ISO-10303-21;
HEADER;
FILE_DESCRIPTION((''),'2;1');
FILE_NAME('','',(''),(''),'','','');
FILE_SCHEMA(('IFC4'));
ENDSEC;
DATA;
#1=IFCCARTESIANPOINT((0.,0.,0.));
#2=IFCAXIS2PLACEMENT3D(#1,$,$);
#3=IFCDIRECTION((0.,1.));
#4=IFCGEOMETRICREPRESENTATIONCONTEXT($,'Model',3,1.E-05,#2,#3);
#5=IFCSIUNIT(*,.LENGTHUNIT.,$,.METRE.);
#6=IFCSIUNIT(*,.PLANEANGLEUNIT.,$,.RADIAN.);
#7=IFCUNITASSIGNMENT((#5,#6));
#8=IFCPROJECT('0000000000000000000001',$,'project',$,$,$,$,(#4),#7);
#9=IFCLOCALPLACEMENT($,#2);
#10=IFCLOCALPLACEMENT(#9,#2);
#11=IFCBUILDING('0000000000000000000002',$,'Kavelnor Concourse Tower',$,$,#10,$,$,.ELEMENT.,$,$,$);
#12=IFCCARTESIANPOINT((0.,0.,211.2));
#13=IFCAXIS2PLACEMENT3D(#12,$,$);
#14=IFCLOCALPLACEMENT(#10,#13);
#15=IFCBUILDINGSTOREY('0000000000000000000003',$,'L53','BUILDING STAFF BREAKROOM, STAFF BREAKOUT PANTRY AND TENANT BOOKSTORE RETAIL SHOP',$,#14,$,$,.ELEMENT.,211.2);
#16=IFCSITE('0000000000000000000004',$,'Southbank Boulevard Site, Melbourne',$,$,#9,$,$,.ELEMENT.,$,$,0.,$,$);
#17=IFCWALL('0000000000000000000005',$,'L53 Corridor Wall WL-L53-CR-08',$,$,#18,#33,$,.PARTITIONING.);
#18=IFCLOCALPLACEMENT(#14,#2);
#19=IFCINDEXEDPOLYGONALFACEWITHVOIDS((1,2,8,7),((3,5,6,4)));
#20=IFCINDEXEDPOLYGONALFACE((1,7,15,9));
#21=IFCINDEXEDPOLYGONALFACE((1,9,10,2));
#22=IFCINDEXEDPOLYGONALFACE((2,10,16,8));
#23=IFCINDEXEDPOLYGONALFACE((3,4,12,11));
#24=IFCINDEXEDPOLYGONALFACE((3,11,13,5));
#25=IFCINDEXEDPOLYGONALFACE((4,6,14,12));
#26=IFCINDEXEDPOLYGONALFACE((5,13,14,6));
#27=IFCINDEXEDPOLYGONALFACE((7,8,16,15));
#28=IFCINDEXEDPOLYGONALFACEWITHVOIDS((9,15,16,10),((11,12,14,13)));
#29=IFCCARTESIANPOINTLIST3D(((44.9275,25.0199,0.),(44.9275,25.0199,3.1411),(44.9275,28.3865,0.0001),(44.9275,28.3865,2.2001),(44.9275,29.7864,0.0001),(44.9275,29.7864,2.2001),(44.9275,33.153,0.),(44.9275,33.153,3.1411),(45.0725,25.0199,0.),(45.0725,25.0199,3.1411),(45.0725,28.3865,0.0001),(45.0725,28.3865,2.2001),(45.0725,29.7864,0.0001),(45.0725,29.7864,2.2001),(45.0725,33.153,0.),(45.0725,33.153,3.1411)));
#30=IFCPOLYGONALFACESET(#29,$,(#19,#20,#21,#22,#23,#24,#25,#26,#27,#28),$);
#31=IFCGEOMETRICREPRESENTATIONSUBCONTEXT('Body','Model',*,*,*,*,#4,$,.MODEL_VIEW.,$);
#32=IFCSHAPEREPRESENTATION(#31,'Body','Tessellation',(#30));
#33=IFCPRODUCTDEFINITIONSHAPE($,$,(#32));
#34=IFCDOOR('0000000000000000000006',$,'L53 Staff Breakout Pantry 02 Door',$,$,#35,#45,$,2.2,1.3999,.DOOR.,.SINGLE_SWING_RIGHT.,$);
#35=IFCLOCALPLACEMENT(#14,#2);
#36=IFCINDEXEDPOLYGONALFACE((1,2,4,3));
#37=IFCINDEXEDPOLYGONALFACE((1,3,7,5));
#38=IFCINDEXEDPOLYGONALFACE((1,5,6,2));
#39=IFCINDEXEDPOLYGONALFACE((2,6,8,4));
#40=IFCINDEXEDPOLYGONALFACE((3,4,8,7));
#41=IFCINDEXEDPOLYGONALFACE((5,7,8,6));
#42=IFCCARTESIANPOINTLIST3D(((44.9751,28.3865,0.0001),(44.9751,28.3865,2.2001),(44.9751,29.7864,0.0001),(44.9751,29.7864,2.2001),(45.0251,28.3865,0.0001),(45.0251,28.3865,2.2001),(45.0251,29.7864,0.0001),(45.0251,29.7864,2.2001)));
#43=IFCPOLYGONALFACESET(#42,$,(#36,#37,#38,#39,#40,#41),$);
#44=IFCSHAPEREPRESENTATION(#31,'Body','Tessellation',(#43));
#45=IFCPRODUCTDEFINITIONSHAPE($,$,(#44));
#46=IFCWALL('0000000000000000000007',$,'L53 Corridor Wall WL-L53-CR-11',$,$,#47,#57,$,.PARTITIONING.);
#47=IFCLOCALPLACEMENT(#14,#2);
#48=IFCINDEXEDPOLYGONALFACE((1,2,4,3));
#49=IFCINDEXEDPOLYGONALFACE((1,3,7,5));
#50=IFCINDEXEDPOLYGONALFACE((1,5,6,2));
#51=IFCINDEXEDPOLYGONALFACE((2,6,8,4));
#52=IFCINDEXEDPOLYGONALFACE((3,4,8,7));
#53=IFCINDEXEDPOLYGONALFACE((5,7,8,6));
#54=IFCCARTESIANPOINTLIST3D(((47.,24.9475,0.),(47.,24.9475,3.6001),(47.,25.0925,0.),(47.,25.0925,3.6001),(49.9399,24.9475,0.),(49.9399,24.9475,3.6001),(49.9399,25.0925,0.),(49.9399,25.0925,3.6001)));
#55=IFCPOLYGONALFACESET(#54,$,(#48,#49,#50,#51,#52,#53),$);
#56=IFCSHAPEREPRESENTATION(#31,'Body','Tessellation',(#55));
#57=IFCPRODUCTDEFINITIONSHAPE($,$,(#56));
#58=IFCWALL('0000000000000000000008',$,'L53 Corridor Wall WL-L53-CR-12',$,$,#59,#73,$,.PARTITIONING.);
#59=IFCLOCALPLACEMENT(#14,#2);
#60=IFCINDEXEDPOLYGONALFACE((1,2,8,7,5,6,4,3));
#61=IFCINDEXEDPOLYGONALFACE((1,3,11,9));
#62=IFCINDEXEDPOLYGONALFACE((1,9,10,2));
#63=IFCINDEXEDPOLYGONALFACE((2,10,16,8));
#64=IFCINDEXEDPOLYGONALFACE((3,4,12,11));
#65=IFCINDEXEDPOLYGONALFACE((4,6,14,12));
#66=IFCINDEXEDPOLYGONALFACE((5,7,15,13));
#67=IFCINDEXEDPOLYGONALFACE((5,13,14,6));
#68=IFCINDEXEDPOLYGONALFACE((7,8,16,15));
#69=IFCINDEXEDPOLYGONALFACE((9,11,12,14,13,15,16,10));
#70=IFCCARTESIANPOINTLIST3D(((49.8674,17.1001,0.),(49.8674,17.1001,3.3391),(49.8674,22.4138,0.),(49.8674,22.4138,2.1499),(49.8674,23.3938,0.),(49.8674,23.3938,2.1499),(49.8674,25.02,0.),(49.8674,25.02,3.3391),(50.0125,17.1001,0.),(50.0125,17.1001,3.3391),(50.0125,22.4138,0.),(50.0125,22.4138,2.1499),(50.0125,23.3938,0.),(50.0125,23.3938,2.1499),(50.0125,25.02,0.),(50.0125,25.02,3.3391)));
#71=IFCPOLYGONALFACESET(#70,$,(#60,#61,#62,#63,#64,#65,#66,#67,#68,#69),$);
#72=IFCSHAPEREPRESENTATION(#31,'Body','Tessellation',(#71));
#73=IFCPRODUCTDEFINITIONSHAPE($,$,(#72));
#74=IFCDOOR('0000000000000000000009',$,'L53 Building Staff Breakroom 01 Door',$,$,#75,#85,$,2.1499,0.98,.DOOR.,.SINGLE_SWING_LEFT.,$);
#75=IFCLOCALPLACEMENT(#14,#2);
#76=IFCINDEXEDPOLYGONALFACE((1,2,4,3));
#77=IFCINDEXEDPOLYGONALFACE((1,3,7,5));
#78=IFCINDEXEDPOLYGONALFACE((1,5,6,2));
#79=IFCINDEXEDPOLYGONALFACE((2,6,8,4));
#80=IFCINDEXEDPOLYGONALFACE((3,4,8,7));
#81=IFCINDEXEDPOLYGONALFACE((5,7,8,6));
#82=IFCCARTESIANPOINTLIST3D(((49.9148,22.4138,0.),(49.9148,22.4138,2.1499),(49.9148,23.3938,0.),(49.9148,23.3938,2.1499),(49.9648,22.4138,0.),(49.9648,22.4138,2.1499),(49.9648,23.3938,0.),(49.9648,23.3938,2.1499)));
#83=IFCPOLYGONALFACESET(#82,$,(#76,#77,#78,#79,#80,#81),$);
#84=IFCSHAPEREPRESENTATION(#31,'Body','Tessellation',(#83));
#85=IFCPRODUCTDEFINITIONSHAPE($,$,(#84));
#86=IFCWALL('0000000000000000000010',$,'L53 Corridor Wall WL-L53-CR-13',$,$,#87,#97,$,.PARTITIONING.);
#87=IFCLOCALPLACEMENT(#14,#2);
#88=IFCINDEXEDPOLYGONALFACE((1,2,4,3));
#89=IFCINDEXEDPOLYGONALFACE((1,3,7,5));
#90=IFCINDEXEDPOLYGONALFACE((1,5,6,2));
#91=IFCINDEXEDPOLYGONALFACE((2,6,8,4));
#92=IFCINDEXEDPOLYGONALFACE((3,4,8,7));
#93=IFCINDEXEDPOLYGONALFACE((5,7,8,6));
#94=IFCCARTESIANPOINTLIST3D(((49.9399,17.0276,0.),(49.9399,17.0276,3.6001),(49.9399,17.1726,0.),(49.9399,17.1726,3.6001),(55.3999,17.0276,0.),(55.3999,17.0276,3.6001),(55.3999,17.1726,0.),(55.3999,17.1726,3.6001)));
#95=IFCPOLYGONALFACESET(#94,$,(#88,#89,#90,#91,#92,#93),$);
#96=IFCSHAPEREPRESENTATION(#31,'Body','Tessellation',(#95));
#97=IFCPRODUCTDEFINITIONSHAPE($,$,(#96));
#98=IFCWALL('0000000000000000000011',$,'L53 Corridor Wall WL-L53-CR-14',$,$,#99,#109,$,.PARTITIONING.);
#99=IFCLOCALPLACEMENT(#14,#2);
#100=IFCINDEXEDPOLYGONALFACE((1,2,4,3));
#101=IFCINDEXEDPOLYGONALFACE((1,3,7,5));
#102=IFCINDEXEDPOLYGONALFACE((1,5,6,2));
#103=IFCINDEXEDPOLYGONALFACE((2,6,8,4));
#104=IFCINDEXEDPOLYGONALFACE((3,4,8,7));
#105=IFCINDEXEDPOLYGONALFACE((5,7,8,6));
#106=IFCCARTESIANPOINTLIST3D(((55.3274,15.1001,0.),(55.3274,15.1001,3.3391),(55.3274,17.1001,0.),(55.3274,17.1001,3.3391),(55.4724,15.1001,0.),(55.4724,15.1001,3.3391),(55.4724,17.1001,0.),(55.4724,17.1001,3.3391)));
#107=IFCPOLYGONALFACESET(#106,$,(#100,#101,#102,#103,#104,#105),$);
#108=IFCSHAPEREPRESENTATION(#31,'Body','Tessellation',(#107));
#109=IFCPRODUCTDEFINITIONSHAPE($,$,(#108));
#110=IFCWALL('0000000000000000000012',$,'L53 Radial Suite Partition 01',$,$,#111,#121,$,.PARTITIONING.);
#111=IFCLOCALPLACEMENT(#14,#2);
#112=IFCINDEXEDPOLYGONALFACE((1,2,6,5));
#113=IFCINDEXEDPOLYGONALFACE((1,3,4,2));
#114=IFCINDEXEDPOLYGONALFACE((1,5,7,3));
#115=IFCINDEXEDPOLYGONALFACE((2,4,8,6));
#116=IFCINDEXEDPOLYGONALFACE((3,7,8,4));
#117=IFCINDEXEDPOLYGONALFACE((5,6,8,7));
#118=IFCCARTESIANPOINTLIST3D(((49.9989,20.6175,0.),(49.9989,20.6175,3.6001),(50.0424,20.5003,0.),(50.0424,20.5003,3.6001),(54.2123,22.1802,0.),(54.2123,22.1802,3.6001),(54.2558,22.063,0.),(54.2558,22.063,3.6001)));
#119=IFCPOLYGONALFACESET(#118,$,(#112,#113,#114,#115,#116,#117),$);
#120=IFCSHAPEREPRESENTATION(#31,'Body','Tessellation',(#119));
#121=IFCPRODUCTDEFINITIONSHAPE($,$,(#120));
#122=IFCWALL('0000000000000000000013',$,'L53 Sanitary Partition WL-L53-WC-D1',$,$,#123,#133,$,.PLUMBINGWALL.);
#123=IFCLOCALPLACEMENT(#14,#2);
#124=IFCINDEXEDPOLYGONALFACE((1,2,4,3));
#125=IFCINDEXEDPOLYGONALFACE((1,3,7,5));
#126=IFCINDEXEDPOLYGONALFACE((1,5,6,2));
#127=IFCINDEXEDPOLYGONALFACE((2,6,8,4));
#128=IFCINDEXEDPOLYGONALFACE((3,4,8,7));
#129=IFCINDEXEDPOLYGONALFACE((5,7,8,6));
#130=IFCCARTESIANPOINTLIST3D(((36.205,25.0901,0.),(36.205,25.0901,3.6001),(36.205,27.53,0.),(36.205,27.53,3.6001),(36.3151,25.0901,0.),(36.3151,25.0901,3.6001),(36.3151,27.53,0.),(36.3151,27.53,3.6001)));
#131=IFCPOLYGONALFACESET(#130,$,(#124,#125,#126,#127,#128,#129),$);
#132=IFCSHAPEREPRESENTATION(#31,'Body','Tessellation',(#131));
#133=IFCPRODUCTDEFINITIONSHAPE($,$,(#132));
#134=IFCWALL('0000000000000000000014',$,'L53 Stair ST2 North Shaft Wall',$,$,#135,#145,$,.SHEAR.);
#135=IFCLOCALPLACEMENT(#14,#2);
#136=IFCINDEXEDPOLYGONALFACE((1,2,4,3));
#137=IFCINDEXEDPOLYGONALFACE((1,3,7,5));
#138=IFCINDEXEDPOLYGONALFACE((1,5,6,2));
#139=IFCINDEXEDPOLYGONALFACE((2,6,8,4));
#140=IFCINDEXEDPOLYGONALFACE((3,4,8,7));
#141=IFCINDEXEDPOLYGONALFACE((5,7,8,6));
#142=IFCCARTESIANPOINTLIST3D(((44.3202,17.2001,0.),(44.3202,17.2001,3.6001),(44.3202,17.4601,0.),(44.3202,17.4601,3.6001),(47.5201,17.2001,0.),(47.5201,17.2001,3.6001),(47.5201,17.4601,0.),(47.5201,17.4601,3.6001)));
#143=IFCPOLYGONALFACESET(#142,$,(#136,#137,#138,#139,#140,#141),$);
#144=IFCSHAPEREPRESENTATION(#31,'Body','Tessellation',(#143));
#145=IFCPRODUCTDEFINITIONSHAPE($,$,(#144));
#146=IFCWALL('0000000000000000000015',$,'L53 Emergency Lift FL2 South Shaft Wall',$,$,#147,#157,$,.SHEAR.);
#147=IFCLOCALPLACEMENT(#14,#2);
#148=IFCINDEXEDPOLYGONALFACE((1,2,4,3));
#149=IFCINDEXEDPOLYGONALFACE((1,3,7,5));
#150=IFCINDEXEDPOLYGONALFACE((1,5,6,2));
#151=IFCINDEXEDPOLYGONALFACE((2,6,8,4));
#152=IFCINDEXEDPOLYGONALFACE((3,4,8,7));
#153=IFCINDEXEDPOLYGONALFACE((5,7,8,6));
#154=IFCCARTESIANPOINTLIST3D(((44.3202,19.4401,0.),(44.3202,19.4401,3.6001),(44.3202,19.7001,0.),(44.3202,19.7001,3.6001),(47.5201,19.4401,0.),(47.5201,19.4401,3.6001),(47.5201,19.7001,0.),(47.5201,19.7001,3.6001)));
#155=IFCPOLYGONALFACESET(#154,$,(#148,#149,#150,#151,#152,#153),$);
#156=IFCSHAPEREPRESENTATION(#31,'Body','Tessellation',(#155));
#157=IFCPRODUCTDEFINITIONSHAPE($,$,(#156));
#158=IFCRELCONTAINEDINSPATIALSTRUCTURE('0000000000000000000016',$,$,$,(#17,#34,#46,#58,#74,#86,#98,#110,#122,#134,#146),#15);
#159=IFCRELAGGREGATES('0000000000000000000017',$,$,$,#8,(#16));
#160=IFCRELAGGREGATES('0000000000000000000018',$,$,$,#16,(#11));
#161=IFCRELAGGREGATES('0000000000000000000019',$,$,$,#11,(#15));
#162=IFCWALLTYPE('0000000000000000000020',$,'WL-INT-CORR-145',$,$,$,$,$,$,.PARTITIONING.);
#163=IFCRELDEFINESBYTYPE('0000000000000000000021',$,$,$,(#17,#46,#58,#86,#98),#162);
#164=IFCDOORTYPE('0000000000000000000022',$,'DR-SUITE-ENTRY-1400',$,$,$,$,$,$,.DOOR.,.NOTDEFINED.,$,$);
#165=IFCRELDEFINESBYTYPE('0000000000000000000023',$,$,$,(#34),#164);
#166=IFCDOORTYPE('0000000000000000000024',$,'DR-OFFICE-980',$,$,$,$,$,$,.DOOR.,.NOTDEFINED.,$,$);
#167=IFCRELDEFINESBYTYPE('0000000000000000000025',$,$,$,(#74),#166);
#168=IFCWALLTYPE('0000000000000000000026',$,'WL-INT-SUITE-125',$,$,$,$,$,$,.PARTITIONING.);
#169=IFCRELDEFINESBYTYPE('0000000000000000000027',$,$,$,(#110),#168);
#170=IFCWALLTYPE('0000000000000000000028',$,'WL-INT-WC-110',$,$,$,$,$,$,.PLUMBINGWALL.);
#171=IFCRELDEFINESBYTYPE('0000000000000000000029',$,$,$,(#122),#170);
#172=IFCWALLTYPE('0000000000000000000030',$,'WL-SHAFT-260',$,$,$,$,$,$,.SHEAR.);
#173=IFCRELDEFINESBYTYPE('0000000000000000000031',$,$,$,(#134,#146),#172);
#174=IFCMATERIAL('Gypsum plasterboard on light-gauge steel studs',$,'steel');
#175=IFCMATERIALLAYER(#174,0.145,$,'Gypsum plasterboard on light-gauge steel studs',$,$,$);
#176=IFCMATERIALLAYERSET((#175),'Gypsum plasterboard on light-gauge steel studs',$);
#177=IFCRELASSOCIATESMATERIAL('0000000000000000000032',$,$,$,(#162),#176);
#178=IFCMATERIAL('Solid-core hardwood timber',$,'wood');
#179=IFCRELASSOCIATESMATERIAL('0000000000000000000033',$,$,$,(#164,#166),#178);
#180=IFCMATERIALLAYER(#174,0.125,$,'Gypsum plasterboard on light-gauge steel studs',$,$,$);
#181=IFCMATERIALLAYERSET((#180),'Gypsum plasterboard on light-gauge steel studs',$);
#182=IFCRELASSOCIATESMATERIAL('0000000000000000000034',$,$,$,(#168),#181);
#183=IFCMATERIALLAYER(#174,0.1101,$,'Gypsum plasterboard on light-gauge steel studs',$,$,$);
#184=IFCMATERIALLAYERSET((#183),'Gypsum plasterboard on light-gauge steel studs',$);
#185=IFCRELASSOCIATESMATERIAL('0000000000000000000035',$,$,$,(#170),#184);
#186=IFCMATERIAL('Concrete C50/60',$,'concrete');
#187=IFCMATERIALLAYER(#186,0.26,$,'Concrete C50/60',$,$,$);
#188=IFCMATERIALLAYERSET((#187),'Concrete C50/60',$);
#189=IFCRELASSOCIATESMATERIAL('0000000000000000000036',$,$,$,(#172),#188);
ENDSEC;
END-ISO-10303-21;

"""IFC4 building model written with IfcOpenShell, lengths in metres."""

from ifc_helpers import new_model, si_unit, direction, frame, frame_2d, origin, place, context, subcontext, project, spatial, rectangle, extrude, material, layer, layer_set, type_object, element, fill, save


model = new_model("IFC4")

# Units and contexts
model_context = context("Model", 3, precision=1e-05, world=origin(), true_north=direction((0.0, 1.0)))
body_context = subcontext(model_context, "Body", "Model", "MODEL_VIEW")
ifc_project = project(units=[si_unit("LENGTHUNIT", "METRE"), si_unit("PLANEANGLEUNIT", "RADIAN")], contexts=[model_context])

# Site, building, storey
site_placement = place(None, origin())
site = spatial("IfcSite", under=ifc_project, at=site_placement, Name="Southbank Boulevard Site, Melbourne", CompositionType="ELEMENT", RefElevation=0.0)
building_placement = place(site_placement, origin())
building = spatial("IfcBuilding", under=site, at=building_placement, Name="Kavelnor Concourse Tower", CompositionType="ELEMENT")
storey_placement = place(building_placement, frame((0.0, 0.0, 211.2)))
storey = spatial("IfcBuildingStorey", under=building, at=storey_placement, Name="L53", Description="BUILDING STAFF BREAKROOM, STAFF BREAKOUT PANTRY AND TENANT BOOKSTORE RETAIL SHOP", CompositionType="ELEMENT", Elevation=211.2)

# Wall, opening, door
ifc_material_1 = material(Name="Gypsum plasterboard on light-gauge steel studs", Category="steel")
ifc_layer_1 = layer(ifc_material_1, 0.145, Name="Gypsum plasterboard on light-gauge steel studs")
ifc_layer_set_1 = layer_set([ifc_layer_1], Name="Gypsum plasterboard on light-gauge steel studs")
wall_type_1 = type_object("IfcWallType", Name="WL-INT-CORR-145", PredefinedType="PARTITIONING", material=ifc_layer_set_1)
wall_1_placement = place(storey_placement, frame((45.0, 25.02, 0.0), z_axis=(0.0, 0.0, 1.0), x_axis=(0.0, 1.0, 0.0)))
wall_1 = element("IfcWall", 1, at=wall_1_placement, inside=storey, type_object=wall_type_1, Name="L53 Corridor Wall WL-L53-CR-08", PredefinedType="PARTITIONING", context=body_context, shape_type="SweptSolid", body=[
    extrude(rectangle(XDim=8.1331, YDim=0.145, at=frame_2d((4.0664, 0.0))), origin(), (0.0, 0.0, 1.0), 3.1411),
])
opening_1_placement = place(wall_1_placement, frame((3.3665, 0.0, 0.0)))
opening_1 = element("IfcOpeningElement", 2, at=opening_1_placement, cuts=wall_1, PredefinedType="OPENING", context=body_context, shape_type="SweptSolid", body=[
    extrude(rectangle(XDim=1.3999, YDim=2.2, at=frame_2d((0.7, 1.1001))), frame((0.0, 0.0825, 0.0), z_axis=(0.0, -1.0, 0.0), x_axis=(1.0, 0.0, 0.0)), (0.0, 0.0, 1.0), 0.165),
])
ifc_material_2 = material(Name="Solid-core hardwood timber", Category="wood")
door_type_1 = type_object("IfcDoorType", Name="DR-SUITE-ENTRY-1400", OperationType="NOTDEFINED", PredefinedType="DOOR", material=ifc_material_2)
door_1_placement = place(opening_1_placement, origin())
door_1 = element("IfcDoor", 3, at=door_1_placement, inside=storey, type_object=door_type_1, Name="L53 Staff Breakout Pantry 02 Door", OperationType="SINGLE_SWING_RIGHT", OverallHeight=2.2, OverallWidth=1.3999, PredefinedType="DOOR", context=body_context, shape_type="SweptSolid", body=[
    extrude(rectangle(XDim=1.3999, YDim=2.2, at=frame_2d((0.7, 1.1001))), frame((0.0, 0.0249, 0.0), z_axis=(0.0, -1.0, 0.0), x_axis=(1.0, 0.0, 0.0)), (0.0, 0.0, 1.0), 0.05),
])
fill(opening_1, door_1)

# Wall
wall_2_placement = place(storey_placement, frame((47.0, 25.02, 0.0), z_axis=(0.0, 0.0, 1.0), x_axis=(1.0, 0.0, 0.0)))
element("IfcWall", 4, at=wall_2_placement, inside=storey, type_object=wall_type_1, Name="L53 Corridor Wall WL-L53-CR-11", PredefinedType="PARTITIONING", context=body_context, shape_type="SweptSolid", body=[
    extrude(rectangle(XDim=2.9399, YDim=0.145, at=frame_2d((1.47, 0.0))), origin(), (0.0, 0.0, 1.0), 3.6001),
])

# Wall, opening, door
wall_3_placement = place(storey_placement, frame((49.9399, 25.02, 0.0), z_axis=(0.0, 0.0, 1.0), x_axis=(0.0, -1.0, 0.0)))
wall_3 = element("IfcWall", 5, at=wall_3_placement, inside=storey, type_object=wall_type_1, Name="L53 Corridor Wall WL-L53-CR-12", PredefinedType="PARTITIONING", context=body_context, shape_type="SweptSolid", body=[
    extrude(rectangle(XDim=7.9199, YDim=0.145, at=frame_2d((3.96, 0.0))), origin(), (0.0, 0.0, 1.0), 3.3391),
])
opening_2_placement = place(wall_3_placement, frame((1.6262, 0.0, 0.0)))
opening_2 = element("IfcOpeningElement", 6, at=opening_2_placement, cuts=wall_3, PredefinedType="OPENING", context=body_context, shape_type="SweptSolid", body=[
    extrude(rectangle(XDim=0.98, YDim=2.1499, at=frame_2d((0.49, 1.075))), frame((0.0, 0.0825, 0.0), z_axis=(0.0, -1.0, 0.0), x_axis=(1.0, 0.0, 0.0)), (0.0, 0.0, 1.0), 0.165),
])
door_type_2 = type_object("IfcDoorType", Name="DR-OFFICE-980", OperationType="NOTDEFINED", PredefinedType="DOOR", material=ifc_material_2)
door_2_placement = place(opening_2_placement, origin())
door_2 = element("IfcDoor", 7, at=door_2_placement, inside=storey, type_object=door_type_2, Name="L53 Building Staff Breakroom 01 Door", OperationType="SINGLE_SWING_LEFT", OverallHeight=2.1499, OverallWidth=0.98, PredefinedType="DOOR", context=body_context, shape_type="SweptSolid", body=[
    extrude(rectangle(XDim=0.98, YDim=2.1499, at=frame_2d((0.49, 1.075))), frame((0.0, 0.0249, 0.0), z_axis=(0.0, -1.0, 0.0), x_axis=(1.0, 0.0, 0.0)), (0.0, 0.0, 1.0), 0.05),
])
fill(opening_2, door_2)

# Walls
wall_4_placement = place(storey_placement, frame((49.9399, 17.1001, 0.0), z_axis=(0.0, 0.0, 1.0), x_axis=(1.0, 0.0, 0.0)))
element("IfcWall", 8, at=wall_4_placement, inside=storey, type_object=wall_type_1, Name="L53 Corridor Wall WL-L53-CR-13", PredefinedType="PARTITIONING", context=body_context, shape_type="SweptSolid", body=[
    extrude(rectangle(XDim=5.46, YDim=0.145, at=frame_2d((2.73, 0.0))), origin(), (0.0, 0.0, 1.0), 3.6001),
])
wall_5_placement = place(storey_placement, frame((55.3999, 17.1001, 0.0), z_axis=(0.0, 0.0, 1.0), x_axis=(0.0, -1.0, 0.0)))
element("IfcWall", 9, at=wall_5_placement, inside=storey, type_object=wall_type_1, Name="L53 Corridor Wall WL-L53-CR-14", PredefinedType="PARTITIONING", context=body_context, shape_type="SweptSolid", body=[
    extrude(rectangle(XDim=2.0, YDim=0.145, at=frame_2d((1.0, 0.0))), origin(), (0.0, 0.0, 1.0), 3.3391),
])
ifc_layer_2 = layer(ifc_material_1, 0.125, Name="Gypsum plasterboard on light-gauge steel studs")
ifc_layer_set_2 = layer_set([ifc_layer_2], Name="Gypsum plasterboard on light-gauge steel studs")
wall_type_2 = type_object("IfcWallType", Name="WL-INT-SUITE-125", PredefinedType="PARTITIONING", material=ifc_layer_set_2)
wall_6_placement = place(storey_placement, frame((50.0205, 20.5588, 0.0), z_axis=(0.0, 0.0, 1.0), x_axis=(0.937587, 0.347751, 0.0)))
element("IfcWall", 10, at=wall_6_placement, inside=storey, type_object=wall_type_2, Name="L53 Radial Suite Partition 01", PredefinedType="PARTITIONING", context=body_context, shape_type="SweptSolid", body=[
    extrude(rectangle(XDim=4.4939, YDim=0.125, at=frame_2d((2.2471, 0.0))), origin(), (0.0, 0.0, 1.0), 3.6001),
])
ifc_layer_3 = layer(ifc_material_1, 0.1101, Name="Gypsum plasterboard on light-gauge steel studs")
ifc_layer_set_3 = layer_set([ifc_layer_3], Name="Gypsum plasterboard on light-gauge steel studs")
wall_type_3 = type_object("IfcWallType", Name="WL-INT-WC-110", PredefinedType="PLUMBINGWALL", material=ifc_layer_set_3)
wall_7_placement = place(storey_placement, frame((36.26, 25.0901, 0.0), z_axis=(0.0, 0.0, 1.0), x_axis=(0.0, 1.0, 0.0)))
element("IfcWall", 11, at=wall_7_placement, inside=storey, type_object=wall_type_3, Name="L53 Sanitary Partition WL-L53-WC-D1", PredefinedType="PLUMBINGWALL", context=body_context, shape_type="SweptSolid", body=[
    extrude(rectangle(XDim=2.4399, YDim=0.1101, at=frame_2d((1.22, 0.0))), origin(), (0.0, 0.0, 1.0), 3.6001),
])
ifc_material_3 = material(Name="Concrete C50/60", Category="concrete")
ifc_layer_4 = layer(ifc_material_3, 0.26, Name="Concrete C50/60")
ifc_layer_set_4 = layer_set([ifc_layer_4], Name="Concrete C50/60")
wall_type_4 = type_object("IfcWallType", Name="WL-SHAFT-260", PredefinedType="SHEAR", material=ifc_layer_set_4)
for number, where, z_axis, x_axis, name in (
    (12, (44.3201, 17.3301, 0.0), (0.0, 0.0, 1.0), (1.0, 0.0, 0.0), "L53 Stair ST2 North Shaft Wall"),
    (13, (44.3201, 19.5701, 0.0), (0.0, 0.0, 1.0), (1.0, 0.0, 0.0), "L53 Emergency Lift FL2 South Shaft Wall"),
):
    element("IfcWall", number, at=place(storey_placement, frame(where, z_axis=z_axis, x_axis=x_axis)), inside=storey, type_object=wall_type_4, Name=name, PredefinedType="SHEAR", context=body_context, shape_type="SweptSolid", body=[
        extrude(rectangle(XDim=3.2, YDim=0.26, at=frame_2d((1.6001, 0.0))), origin(), (0.0, 0.0, 1.0), 3.6001),
    ])

save(model, "model.ifc")
